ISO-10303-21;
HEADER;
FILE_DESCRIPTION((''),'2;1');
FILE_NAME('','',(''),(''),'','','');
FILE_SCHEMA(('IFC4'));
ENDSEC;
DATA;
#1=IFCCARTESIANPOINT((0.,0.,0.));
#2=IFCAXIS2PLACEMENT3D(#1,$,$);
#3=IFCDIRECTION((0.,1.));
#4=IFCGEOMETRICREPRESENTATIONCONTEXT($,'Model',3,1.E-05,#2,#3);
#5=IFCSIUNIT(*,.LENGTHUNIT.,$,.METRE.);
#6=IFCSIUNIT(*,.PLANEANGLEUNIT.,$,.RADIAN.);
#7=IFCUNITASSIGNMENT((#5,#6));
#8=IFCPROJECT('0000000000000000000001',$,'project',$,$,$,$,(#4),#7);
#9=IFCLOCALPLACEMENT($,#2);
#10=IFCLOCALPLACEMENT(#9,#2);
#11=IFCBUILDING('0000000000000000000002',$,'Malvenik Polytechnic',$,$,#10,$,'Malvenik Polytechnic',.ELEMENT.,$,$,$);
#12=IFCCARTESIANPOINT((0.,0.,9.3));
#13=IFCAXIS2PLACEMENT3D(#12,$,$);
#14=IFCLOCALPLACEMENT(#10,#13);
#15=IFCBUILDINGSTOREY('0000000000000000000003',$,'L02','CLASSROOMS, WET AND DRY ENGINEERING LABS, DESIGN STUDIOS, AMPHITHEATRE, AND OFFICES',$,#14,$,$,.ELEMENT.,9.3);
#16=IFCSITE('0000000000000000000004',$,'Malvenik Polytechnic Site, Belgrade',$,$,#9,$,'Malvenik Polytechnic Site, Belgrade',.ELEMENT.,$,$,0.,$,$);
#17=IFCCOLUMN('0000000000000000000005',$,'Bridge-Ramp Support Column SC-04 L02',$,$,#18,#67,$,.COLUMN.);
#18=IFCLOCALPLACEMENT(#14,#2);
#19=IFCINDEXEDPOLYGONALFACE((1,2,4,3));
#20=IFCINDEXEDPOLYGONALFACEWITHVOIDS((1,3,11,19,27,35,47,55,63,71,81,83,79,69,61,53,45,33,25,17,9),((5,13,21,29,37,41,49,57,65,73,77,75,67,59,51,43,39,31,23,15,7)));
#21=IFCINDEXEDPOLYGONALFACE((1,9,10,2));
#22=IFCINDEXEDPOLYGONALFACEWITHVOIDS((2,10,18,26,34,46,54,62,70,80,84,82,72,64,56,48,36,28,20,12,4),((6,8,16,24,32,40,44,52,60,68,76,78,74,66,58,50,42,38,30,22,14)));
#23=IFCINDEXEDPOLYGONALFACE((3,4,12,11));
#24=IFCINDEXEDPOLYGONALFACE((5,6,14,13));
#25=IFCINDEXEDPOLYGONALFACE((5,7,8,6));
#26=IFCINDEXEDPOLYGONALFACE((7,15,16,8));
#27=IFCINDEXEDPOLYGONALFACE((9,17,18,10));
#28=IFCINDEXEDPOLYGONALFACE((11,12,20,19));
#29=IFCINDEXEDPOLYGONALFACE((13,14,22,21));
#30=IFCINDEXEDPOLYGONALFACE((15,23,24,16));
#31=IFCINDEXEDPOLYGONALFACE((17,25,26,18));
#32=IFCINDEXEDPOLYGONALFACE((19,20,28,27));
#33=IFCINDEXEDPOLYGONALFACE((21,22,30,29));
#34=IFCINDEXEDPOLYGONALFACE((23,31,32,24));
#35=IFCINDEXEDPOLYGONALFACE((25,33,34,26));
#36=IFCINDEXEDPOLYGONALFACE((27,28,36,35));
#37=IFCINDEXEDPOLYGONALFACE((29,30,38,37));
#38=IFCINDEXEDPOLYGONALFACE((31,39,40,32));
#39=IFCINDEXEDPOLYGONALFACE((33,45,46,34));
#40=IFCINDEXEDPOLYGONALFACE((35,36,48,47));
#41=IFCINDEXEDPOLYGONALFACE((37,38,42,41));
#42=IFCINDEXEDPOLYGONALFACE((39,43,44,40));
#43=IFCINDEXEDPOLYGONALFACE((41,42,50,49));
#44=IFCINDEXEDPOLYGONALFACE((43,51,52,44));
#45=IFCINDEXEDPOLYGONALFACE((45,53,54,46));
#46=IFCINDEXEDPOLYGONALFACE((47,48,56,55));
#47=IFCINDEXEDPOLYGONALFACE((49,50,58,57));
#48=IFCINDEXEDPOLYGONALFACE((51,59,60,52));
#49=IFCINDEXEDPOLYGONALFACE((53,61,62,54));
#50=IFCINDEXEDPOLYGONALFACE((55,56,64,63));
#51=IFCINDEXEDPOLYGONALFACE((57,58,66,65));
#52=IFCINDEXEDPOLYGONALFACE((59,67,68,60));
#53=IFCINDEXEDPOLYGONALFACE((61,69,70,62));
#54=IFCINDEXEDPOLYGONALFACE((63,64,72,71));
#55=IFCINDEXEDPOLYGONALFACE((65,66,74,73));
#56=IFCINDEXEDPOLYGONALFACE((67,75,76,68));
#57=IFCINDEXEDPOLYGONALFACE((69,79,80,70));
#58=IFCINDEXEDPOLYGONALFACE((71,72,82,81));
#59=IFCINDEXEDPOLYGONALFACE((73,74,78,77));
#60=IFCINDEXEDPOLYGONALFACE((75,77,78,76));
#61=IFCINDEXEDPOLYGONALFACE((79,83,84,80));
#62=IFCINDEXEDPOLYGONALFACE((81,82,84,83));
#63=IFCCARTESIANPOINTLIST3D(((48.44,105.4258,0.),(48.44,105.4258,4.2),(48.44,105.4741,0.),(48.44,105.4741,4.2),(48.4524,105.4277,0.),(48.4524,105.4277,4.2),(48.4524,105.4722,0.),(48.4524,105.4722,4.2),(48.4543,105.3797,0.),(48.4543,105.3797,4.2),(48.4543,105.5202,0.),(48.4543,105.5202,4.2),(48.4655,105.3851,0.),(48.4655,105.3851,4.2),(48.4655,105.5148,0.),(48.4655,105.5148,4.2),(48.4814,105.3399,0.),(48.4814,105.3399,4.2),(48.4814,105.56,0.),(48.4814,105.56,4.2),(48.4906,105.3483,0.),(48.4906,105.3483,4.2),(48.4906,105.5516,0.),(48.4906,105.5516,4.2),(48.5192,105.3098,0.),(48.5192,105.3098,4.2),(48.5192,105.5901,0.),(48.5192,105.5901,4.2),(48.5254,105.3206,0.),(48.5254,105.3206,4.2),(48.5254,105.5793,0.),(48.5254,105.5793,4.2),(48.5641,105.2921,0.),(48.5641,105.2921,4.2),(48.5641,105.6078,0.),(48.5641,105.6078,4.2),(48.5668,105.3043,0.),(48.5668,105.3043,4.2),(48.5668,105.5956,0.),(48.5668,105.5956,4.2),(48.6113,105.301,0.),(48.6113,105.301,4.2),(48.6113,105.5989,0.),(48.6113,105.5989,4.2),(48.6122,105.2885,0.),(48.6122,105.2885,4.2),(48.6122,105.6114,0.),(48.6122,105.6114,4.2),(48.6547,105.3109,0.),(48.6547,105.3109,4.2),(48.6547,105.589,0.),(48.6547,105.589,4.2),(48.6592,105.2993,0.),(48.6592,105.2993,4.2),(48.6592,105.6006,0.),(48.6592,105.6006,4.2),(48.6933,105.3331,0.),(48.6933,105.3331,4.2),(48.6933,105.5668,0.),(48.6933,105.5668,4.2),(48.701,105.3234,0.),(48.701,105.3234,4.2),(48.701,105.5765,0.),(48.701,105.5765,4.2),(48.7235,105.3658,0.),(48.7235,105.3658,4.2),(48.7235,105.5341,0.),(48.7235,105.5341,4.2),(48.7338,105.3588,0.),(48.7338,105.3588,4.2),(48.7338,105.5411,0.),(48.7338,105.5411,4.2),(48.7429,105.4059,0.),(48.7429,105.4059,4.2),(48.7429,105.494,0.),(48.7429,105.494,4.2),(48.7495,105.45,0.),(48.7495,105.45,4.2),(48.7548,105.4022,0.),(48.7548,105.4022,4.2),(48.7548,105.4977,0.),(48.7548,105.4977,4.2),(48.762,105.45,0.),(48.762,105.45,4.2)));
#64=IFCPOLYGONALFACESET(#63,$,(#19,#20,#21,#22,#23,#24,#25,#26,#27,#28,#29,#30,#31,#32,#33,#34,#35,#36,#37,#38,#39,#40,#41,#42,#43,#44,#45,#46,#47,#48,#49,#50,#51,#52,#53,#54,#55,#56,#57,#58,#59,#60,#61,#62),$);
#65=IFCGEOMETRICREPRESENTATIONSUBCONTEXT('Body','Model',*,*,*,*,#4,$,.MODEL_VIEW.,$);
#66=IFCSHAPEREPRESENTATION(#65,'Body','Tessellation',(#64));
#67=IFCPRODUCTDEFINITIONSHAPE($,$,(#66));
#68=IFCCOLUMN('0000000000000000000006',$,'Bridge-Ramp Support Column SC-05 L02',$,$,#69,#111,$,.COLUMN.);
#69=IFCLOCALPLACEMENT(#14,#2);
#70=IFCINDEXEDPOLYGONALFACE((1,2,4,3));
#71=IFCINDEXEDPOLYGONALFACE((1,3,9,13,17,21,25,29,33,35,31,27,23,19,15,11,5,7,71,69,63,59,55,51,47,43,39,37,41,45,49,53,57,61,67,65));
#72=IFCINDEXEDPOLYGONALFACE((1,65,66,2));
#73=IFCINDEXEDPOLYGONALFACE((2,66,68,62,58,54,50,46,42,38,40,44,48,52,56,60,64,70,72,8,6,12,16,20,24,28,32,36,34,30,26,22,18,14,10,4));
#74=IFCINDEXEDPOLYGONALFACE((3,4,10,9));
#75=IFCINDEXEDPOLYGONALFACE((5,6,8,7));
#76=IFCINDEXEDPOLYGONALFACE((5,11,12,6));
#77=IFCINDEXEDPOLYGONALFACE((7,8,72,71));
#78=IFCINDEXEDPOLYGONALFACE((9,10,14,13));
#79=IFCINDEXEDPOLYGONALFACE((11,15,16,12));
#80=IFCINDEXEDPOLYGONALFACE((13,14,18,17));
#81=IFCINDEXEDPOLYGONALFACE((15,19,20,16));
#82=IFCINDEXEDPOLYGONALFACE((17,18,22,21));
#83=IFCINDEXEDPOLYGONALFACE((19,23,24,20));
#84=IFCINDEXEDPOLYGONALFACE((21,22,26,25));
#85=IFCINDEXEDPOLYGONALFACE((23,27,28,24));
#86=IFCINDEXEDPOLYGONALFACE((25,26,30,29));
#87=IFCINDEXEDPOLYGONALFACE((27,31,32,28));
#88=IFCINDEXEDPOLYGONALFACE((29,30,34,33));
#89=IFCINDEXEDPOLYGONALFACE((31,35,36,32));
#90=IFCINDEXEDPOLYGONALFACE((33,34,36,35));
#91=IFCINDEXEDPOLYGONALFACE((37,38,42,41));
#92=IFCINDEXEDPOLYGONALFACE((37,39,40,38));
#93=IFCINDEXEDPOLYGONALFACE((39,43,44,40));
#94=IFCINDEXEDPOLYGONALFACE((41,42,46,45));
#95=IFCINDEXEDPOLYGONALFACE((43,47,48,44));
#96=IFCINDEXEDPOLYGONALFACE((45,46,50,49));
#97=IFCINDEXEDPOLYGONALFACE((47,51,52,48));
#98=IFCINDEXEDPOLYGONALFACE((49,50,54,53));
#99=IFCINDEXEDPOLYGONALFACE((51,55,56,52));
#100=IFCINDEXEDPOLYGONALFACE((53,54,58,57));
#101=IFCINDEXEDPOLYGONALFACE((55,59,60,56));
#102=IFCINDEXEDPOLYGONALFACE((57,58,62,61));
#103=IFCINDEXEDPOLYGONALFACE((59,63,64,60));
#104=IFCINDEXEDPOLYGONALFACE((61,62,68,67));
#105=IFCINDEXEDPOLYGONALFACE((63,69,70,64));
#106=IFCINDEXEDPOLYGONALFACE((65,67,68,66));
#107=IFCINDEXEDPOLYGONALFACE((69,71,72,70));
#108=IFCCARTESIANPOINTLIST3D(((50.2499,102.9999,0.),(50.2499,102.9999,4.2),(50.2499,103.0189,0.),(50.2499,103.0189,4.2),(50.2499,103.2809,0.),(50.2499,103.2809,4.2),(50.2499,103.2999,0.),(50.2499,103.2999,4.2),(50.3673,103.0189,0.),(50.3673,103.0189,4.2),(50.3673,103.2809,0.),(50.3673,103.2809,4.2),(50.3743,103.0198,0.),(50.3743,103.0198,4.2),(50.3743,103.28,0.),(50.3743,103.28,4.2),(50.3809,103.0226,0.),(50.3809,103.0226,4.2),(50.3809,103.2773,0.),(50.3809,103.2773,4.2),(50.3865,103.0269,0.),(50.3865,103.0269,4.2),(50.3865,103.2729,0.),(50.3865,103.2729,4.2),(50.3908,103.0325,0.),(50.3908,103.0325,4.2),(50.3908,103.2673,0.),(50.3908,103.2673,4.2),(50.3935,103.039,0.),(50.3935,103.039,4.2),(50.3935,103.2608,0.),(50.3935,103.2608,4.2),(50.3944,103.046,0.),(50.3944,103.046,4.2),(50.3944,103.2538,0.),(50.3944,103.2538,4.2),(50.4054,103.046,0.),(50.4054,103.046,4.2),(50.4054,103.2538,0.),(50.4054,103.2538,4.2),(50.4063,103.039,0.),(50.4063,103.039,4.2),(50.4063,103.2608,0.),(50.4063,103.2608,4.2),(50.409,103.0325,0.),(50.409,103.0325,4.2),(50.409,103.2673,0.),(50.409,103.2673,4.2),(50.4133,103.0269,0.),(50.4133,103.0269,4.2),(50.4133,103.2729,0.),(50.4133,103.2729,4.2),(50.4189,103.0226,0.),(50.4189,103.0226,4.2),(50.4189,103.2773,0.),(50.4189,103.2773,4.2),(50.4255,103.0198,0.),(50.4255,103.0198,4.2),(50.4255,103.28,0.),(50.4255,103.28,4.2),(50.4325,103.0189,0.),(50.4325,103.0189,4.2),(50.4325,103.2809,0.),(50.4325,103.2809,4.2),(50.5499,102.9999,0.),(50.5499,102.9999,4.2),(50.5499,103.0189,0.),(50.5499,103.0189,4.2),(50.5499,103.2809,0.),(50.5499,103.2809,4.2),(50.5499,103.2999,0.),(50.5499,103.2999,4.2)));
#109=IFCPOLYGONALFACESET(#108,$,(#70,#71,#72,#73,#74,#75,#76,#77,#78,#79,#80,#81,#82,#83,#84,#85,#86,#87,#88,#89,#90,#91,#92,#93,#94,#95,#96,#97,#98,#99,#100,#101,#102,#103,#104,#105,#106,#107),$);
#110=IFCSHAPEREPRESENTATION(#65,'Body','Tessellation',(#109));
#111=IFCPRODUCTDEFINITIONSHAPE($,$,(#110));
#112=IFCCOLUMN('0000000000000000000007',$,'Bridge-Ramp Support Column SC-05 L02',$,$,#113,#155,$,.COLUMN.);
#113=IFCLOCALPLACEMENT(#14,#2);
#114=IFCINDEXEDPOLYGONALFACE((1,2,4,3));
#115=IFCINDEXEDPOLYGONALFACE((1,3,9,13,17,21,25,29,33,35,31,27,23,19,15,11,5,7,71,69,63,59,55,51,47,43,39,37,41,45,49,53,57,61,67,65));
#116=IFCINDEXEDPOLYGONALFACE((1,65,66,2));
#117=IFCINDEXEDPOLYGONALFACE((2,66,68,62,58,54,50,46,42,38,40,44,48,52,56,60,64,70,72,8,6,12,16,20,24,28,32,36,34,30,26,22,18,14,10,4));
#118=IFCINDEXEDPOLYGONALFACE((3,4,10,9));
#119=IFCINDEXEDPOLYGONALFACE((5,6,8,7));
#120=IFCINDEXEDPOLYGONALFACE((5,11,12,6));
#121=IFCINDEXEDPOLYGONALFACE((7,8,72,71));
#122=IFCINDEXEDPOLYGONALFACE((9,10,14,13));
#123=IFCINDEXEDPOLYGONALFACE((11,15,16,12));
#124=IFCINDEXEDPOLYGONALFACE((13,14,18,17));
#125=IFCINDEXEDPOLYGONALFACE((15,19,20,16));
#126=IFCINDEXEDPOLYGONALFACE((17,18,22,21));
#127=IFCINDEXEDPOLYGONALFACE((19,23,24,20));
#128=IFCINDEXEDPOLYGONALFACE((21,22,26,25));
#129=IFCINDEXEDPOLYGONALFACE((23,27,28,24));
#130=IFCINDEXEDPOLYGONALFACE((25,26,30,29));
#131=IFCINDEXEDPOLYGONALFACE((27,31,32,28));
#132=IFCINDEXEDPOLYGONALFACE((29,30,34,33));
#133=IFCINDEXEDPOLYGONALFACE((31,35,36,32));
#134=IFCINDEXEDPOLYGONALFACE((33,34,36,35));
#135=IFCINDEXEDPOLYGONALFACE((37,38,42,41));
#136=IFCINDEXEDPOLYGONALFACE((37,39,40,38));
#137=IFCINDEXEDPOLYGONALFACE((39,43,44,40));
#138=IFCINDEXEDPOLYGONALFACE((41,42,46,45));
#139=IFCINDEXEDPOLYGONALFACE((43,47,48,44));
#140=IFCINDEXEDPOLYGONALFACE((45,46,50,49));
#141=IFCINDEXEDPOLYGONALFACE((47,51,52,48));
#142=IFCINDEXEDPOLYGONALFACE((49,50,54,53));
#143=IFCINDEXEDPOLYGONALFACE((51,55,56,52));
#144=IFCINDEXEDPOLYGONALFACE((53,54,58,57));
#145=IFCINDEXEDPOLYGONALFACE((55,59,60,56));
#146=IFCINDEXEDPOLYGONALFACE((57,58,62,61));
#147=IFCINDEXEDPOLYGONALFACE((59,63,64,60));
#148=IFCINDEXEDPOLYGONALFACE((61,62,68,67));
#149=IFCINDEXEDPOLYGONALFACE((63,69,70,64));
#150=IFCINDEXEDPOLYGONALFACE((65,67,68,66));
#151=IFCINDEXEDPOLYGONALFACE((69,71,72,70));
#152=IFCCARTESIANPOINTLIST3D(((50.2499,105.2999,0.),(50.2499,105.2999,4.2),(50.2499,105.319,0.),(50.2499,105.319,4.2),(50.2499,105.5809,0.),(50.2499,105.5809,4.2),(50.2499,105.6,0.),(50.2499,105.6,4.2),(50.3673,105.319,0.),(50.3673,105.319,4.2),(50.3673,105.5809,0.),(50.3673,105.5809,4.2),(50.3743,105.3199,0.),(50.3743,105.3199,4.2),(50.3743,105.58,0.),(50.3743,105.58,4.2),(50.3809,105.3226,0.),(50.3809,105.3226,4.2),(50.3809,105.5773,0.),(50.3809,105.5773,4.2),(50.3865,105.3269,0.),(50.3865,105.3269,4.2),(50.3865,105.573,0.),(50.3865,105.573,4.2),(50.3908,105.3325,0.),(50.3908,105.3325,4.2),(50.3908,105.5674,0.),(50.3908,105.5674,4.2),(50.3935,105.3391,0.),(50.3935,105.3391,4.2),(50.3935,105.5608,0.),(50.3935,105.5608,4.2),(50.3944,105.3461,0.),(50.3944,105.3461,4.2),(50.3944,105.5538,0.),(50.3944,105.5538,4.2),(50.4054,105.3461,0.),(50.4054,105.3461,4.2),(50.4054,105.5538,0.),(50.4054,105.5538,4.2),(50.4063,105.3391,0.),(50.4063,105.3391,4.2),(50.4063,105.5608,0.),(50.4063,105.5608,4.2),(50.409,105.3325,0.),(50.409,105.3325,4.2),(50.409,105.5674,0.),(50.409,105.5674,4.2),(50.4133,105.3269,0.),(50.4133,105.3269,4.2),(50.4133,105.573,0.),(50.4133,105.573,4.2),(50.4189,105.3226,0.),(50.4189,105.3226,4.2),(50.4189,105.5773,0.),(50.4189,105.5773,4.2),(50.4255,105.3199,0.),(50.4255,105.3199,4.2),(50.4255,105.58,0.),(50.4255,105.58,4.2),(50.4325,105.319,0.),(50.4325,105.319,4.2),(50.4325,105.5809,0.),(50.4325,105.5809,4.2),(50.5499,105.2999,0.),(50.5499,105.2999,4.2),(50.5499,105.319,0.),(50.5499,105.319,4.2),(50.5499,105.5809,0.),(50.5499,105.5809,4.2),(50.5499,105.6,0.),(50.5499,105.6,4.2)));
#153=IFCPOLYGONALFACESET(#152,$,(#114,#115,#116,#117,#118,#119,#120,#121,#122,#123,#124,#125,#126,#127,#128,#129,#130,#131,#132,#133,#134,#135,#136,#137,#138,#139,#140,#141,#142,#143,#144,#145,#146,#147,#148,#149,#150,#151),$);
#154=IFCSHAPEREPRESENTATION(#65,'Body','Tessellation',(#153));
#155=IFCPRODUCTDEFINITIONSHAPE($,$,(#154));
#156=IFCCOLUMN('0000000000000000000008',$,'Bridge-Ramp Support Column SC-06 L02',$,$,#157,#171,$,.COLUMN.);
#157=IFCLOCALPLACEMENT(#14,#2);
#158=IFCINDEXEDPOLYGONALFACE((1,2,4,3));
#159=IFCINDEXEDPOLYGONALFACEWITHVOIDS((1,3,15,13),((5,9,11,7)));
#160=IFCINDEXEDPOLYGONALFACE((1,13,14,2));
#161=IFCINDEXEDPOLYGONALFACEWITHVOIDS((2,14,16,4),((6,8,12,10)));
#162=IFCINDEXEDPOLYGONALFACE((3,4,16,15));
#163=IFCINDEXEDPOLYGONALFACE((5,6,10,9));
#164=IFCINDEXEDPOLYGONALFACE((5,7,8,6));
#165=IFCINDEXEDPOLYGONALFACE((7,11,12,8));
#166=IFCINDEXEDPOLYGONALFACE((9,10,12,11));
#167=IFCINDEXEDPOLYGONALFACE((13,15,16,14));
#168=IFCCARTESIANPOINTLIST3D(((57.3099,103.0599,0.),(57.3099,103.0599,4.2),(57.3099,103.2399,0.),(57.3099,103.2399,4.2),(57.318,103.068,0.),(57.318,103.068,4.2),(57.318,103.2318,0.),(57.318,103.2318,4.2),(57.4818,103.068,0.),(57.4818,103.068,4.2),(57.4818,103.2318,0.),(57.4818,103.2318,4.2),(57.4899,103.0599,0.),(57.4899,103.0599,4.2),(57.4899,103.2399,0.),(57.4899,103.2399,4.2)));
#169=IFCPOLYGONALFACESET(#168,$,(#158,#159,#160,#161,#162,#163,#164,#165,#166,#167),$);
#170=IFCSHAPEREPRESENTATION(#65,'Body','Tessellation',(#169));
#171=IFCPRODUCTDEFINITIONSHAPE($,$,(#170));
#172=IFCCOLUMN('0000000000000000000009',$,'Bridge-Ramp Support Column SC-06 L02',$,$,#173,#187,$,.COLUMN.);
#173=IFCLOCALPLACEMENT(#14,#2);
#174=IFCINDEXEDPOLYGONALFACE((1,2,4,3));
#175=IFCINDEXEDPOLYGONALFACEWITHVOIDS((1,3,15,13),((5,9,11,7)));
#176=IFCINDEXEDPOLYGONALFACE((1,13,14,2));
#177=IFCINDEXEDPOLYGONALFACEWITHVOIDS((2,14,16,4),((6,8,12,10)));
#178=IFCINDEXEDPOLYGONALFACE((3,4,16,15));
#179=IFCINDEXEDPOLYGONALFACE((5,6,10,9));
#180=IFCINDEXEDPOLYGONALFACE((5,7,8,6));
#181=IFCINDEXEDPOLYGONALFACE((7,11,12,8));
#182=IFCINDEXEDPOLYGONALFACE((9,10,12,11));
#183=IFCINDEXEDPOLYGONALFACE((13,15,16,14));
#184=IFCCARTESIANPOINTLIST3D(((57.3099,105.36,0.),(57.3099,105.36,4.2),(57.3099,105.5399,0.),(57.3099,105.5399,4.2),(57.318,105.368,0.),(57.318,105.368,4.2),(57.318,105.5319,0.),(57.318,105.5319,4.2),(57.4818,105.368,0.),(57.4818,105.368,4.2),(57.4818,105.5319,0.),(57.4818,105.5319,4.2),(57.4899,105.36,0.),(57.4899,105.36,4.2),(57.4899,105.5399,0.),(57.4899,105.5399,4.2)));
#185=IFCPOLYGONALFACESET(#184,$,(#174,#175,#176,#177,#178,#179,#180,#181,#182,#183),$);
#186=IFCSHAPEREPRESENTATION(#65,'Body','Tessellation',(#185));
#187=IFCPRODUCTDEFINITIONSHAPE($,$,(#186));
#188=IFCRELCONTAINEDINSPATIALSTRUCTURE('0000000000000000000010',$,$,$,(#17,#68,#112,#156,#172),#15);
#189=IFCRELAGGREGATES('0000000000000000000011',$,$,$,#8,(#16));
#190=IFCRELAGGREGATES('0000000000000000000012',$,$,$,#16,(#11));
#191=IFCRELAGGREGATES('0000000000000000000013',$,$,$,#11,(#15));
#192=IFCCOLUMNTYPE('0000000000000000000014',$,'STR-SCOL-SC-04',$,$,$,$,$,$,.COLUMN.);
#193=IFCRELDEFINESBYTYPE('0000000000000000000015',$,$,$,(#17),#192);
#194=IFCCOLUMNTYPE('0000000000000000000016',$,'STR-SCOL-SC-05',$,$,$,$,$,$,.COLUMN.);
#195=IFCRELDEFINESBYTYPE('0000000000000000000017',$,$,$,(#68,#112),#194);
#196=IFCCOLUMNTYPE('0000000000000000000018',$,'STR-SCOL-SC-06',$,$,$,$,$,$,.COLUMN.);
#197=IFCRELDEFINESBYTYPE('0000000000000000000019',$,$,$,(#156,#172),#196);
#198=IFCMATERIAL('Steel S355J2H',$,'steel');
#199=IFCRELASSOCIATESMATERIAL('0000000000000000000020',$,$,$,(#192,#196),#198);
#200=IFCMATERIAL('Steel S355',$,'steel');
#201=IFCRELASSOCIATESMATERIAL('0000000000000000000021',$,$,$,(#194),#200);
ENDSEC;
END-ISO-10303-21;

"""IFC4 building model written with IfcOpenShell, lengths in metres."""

from ifc_helpers import new_model, si_unit, direction, frame, origin, origin_2d, place, context, subcontext, project, spatial, hollow_rectangle, hollow_circle, i_section, extrude, material, material_profile, profile_set, type_object, element, save


model = new_model("IFC4")

# Units and contexts
model_context = context("Model", 3, precision=1e-05, world=origin(), true_north=direction((0.0, 1.0)))
body_context = subcontext(model_context, "Body", "Model", "MODEL_VIEW")
ifc_project = project(units=[si_unit("LENGTHUNIT", "METRE"), si_unit("PLANEANGLEUNIT", "RADIAN")], contexts=[model_context])

# Site, building, storey
site_placement = place(None, origin())
site = spatial("IfcSite", under=ifc_project, at=site_placement, Name="Malvenik Polytechnic Site, Belgrade", LongName="Malvenik Polytechnic Site, Belgrade", CompositionType="ELEMENT", RefElevation=0.0)
building_placement = place(site_placement, origin())
building = spatial("IfcBuilding", under=site, at=building_placement, Name="Malvenik Polytechnic", LongName="Malvenik Polytechnic", CompositionType="ELEMENT")
storey_placement = place(building_placement, frame((0.0, 0.0, 9.3)))
storey = spatial("IfcBuildingStorey", under=building, at=storey_placement, Name="L02", Description="CLASSROOMS, WET AND DRY ENGINEERING LABS, DESIGN STUDIOS, AMPHITHEATRE, AND OFFICES", CompositionType="ELEMENT", Elevation=9.3)

# Columns
ifc_material_1 = material(Name="Steel S355J2H", Category="steel")
ifc_material_profile_1 = material_profile(ifc_material_1, hollow_circle(Radius=0.1619, WallThickness=0.0125, at=origin_2d()), Name="CHS 323.9x12.5")
ifc_profile_set_1 = profile_set([ifc_material_profile_1], Name="Steel S355J2H")
column_type_1 = type_object("IfcColumnType", Name="STR-SCOL-SC-04", PredefinedType="COLUMN", material=ifc_profile_set_1)
for number, where, z_axis, x_axis, name in (
    (1, (48.6001, 105.45, 0.0), (0.0, 0.0, 1.0), (1.0, 0.0, 0.0), "Bridge-Ramp Support Column SC-04 L02"),
):
    element("IfcColumn", number, at=place(storey_placement, frame(where, z_axis=z_axis, x_axis=x_axis)), inside=storey, type_object=column_type_1, Name=name, PredefinedType="COLUMN", context=body_context, shape_type="SweptSolid", body=[
        extrude(hollow_circle(Radius=0.1619, WallThickness=0.0125, at=origin_2d()), origin(), (0.0, 0.0, 1.0), 4.2),
    ])
ifc_material_2 = material(Name="Steel S355", Category="steel")
ifc_material_profile_2 = material_profile(ifc_material_2, i_section(OverallWidth=0.3, OverallDepth=0.3, WebThickness=0.011, FlangeThickness=0.019, FilletRadius=0.0271, at=origin_2d()), Name="HEB 300")
ifc_profile_set_2 = profile_set([ifc_material_profile_2], Name="Steel S355")
column_type_2 = type_object("IfcColumnType", Name="STR-SCOL-SC-05", PredefinedType="COLUMN", material=ifc_profile_set_2)
for number, where, z_axis, x_axis, name in (
    (2, (50.3999, 103.1499, 0.0), (0.0, 0.0, 1.0), (1.0, 0.0, 0.0), "Bridge-Ramp Support Column SC-05 L02"),
    (3, (50.3999, 105.45, 0.0), (0.0, 0.0, 1.0), (1.0, 0.0, 0.0), "Bridge-Ramp Support Column SC-05 L02"),
):
    element("IfcColumn", number, at=place(storey_placement, frame(where, z_axis=z_axis, x_axis=x_axis)), inside=storey, type_object=column_type_2, Name=name, PredefinedType="COLUMN", context=body_context, shape_type="SweptSolid", body=[
        extrude(i_section(OverallWidth=0.3, OverallDepth=0.3, WebThickness=0.011, FlangeThickness=0.019, FilletRadius=0.0271, at=origin_2d()), origin(), (0.0, 0.0, 1.0), 4.2),
    ])
ifc_material_profile_3 = material_profile(ifc_material_1, hollow_rectangle(XDim=0.1799, YDim=0.1799, WallThickness=0.0081, at=origin_2d()), Name="SHS 180x180x8.0")
ifc_profile_set_3 = profile_set([ifc_material_profile_3], Name="Steel S355J2H")
column_type_3 = type_object("IfcColumnType", Name="STR-SCOL-SC-06", PredefinedType="COLUMN", material=ifc_profile_set_3)
for number, where, z_axis, x_axis, name in (
    (4, (57.3999, 103.1499, 0.0), (0.0, 0.0, 1.0), (1.0, 0.0, 0.0), "Bridge-Ramp Support Column SC-06 L02"),
    (5, (57.3999, 105.45, 0.0), (0.0, 0.0, 1.0), (1.0, 0.0, 0.0), "Bridge-Ramp Support Column SC-06 L02"),
):
    element("IfcColumn", number, at=place(storey_placement, frame(where, z_axis=z_axis, x_axis=x_axis)), inside=storey, type_object=column_type_3, Name=name, PredefinedType="COLUMN", context=body_context, shape_type="SweptSolid", body=[
        extrude(hollow_rectangle(XDim=0.1799, YDim=0.1799, WallThickness=0.0081, at=origin_2d()), origin(), (0.0, 0.0, 1.0), 4.2),
    ])

save(model, "model.ifc")
